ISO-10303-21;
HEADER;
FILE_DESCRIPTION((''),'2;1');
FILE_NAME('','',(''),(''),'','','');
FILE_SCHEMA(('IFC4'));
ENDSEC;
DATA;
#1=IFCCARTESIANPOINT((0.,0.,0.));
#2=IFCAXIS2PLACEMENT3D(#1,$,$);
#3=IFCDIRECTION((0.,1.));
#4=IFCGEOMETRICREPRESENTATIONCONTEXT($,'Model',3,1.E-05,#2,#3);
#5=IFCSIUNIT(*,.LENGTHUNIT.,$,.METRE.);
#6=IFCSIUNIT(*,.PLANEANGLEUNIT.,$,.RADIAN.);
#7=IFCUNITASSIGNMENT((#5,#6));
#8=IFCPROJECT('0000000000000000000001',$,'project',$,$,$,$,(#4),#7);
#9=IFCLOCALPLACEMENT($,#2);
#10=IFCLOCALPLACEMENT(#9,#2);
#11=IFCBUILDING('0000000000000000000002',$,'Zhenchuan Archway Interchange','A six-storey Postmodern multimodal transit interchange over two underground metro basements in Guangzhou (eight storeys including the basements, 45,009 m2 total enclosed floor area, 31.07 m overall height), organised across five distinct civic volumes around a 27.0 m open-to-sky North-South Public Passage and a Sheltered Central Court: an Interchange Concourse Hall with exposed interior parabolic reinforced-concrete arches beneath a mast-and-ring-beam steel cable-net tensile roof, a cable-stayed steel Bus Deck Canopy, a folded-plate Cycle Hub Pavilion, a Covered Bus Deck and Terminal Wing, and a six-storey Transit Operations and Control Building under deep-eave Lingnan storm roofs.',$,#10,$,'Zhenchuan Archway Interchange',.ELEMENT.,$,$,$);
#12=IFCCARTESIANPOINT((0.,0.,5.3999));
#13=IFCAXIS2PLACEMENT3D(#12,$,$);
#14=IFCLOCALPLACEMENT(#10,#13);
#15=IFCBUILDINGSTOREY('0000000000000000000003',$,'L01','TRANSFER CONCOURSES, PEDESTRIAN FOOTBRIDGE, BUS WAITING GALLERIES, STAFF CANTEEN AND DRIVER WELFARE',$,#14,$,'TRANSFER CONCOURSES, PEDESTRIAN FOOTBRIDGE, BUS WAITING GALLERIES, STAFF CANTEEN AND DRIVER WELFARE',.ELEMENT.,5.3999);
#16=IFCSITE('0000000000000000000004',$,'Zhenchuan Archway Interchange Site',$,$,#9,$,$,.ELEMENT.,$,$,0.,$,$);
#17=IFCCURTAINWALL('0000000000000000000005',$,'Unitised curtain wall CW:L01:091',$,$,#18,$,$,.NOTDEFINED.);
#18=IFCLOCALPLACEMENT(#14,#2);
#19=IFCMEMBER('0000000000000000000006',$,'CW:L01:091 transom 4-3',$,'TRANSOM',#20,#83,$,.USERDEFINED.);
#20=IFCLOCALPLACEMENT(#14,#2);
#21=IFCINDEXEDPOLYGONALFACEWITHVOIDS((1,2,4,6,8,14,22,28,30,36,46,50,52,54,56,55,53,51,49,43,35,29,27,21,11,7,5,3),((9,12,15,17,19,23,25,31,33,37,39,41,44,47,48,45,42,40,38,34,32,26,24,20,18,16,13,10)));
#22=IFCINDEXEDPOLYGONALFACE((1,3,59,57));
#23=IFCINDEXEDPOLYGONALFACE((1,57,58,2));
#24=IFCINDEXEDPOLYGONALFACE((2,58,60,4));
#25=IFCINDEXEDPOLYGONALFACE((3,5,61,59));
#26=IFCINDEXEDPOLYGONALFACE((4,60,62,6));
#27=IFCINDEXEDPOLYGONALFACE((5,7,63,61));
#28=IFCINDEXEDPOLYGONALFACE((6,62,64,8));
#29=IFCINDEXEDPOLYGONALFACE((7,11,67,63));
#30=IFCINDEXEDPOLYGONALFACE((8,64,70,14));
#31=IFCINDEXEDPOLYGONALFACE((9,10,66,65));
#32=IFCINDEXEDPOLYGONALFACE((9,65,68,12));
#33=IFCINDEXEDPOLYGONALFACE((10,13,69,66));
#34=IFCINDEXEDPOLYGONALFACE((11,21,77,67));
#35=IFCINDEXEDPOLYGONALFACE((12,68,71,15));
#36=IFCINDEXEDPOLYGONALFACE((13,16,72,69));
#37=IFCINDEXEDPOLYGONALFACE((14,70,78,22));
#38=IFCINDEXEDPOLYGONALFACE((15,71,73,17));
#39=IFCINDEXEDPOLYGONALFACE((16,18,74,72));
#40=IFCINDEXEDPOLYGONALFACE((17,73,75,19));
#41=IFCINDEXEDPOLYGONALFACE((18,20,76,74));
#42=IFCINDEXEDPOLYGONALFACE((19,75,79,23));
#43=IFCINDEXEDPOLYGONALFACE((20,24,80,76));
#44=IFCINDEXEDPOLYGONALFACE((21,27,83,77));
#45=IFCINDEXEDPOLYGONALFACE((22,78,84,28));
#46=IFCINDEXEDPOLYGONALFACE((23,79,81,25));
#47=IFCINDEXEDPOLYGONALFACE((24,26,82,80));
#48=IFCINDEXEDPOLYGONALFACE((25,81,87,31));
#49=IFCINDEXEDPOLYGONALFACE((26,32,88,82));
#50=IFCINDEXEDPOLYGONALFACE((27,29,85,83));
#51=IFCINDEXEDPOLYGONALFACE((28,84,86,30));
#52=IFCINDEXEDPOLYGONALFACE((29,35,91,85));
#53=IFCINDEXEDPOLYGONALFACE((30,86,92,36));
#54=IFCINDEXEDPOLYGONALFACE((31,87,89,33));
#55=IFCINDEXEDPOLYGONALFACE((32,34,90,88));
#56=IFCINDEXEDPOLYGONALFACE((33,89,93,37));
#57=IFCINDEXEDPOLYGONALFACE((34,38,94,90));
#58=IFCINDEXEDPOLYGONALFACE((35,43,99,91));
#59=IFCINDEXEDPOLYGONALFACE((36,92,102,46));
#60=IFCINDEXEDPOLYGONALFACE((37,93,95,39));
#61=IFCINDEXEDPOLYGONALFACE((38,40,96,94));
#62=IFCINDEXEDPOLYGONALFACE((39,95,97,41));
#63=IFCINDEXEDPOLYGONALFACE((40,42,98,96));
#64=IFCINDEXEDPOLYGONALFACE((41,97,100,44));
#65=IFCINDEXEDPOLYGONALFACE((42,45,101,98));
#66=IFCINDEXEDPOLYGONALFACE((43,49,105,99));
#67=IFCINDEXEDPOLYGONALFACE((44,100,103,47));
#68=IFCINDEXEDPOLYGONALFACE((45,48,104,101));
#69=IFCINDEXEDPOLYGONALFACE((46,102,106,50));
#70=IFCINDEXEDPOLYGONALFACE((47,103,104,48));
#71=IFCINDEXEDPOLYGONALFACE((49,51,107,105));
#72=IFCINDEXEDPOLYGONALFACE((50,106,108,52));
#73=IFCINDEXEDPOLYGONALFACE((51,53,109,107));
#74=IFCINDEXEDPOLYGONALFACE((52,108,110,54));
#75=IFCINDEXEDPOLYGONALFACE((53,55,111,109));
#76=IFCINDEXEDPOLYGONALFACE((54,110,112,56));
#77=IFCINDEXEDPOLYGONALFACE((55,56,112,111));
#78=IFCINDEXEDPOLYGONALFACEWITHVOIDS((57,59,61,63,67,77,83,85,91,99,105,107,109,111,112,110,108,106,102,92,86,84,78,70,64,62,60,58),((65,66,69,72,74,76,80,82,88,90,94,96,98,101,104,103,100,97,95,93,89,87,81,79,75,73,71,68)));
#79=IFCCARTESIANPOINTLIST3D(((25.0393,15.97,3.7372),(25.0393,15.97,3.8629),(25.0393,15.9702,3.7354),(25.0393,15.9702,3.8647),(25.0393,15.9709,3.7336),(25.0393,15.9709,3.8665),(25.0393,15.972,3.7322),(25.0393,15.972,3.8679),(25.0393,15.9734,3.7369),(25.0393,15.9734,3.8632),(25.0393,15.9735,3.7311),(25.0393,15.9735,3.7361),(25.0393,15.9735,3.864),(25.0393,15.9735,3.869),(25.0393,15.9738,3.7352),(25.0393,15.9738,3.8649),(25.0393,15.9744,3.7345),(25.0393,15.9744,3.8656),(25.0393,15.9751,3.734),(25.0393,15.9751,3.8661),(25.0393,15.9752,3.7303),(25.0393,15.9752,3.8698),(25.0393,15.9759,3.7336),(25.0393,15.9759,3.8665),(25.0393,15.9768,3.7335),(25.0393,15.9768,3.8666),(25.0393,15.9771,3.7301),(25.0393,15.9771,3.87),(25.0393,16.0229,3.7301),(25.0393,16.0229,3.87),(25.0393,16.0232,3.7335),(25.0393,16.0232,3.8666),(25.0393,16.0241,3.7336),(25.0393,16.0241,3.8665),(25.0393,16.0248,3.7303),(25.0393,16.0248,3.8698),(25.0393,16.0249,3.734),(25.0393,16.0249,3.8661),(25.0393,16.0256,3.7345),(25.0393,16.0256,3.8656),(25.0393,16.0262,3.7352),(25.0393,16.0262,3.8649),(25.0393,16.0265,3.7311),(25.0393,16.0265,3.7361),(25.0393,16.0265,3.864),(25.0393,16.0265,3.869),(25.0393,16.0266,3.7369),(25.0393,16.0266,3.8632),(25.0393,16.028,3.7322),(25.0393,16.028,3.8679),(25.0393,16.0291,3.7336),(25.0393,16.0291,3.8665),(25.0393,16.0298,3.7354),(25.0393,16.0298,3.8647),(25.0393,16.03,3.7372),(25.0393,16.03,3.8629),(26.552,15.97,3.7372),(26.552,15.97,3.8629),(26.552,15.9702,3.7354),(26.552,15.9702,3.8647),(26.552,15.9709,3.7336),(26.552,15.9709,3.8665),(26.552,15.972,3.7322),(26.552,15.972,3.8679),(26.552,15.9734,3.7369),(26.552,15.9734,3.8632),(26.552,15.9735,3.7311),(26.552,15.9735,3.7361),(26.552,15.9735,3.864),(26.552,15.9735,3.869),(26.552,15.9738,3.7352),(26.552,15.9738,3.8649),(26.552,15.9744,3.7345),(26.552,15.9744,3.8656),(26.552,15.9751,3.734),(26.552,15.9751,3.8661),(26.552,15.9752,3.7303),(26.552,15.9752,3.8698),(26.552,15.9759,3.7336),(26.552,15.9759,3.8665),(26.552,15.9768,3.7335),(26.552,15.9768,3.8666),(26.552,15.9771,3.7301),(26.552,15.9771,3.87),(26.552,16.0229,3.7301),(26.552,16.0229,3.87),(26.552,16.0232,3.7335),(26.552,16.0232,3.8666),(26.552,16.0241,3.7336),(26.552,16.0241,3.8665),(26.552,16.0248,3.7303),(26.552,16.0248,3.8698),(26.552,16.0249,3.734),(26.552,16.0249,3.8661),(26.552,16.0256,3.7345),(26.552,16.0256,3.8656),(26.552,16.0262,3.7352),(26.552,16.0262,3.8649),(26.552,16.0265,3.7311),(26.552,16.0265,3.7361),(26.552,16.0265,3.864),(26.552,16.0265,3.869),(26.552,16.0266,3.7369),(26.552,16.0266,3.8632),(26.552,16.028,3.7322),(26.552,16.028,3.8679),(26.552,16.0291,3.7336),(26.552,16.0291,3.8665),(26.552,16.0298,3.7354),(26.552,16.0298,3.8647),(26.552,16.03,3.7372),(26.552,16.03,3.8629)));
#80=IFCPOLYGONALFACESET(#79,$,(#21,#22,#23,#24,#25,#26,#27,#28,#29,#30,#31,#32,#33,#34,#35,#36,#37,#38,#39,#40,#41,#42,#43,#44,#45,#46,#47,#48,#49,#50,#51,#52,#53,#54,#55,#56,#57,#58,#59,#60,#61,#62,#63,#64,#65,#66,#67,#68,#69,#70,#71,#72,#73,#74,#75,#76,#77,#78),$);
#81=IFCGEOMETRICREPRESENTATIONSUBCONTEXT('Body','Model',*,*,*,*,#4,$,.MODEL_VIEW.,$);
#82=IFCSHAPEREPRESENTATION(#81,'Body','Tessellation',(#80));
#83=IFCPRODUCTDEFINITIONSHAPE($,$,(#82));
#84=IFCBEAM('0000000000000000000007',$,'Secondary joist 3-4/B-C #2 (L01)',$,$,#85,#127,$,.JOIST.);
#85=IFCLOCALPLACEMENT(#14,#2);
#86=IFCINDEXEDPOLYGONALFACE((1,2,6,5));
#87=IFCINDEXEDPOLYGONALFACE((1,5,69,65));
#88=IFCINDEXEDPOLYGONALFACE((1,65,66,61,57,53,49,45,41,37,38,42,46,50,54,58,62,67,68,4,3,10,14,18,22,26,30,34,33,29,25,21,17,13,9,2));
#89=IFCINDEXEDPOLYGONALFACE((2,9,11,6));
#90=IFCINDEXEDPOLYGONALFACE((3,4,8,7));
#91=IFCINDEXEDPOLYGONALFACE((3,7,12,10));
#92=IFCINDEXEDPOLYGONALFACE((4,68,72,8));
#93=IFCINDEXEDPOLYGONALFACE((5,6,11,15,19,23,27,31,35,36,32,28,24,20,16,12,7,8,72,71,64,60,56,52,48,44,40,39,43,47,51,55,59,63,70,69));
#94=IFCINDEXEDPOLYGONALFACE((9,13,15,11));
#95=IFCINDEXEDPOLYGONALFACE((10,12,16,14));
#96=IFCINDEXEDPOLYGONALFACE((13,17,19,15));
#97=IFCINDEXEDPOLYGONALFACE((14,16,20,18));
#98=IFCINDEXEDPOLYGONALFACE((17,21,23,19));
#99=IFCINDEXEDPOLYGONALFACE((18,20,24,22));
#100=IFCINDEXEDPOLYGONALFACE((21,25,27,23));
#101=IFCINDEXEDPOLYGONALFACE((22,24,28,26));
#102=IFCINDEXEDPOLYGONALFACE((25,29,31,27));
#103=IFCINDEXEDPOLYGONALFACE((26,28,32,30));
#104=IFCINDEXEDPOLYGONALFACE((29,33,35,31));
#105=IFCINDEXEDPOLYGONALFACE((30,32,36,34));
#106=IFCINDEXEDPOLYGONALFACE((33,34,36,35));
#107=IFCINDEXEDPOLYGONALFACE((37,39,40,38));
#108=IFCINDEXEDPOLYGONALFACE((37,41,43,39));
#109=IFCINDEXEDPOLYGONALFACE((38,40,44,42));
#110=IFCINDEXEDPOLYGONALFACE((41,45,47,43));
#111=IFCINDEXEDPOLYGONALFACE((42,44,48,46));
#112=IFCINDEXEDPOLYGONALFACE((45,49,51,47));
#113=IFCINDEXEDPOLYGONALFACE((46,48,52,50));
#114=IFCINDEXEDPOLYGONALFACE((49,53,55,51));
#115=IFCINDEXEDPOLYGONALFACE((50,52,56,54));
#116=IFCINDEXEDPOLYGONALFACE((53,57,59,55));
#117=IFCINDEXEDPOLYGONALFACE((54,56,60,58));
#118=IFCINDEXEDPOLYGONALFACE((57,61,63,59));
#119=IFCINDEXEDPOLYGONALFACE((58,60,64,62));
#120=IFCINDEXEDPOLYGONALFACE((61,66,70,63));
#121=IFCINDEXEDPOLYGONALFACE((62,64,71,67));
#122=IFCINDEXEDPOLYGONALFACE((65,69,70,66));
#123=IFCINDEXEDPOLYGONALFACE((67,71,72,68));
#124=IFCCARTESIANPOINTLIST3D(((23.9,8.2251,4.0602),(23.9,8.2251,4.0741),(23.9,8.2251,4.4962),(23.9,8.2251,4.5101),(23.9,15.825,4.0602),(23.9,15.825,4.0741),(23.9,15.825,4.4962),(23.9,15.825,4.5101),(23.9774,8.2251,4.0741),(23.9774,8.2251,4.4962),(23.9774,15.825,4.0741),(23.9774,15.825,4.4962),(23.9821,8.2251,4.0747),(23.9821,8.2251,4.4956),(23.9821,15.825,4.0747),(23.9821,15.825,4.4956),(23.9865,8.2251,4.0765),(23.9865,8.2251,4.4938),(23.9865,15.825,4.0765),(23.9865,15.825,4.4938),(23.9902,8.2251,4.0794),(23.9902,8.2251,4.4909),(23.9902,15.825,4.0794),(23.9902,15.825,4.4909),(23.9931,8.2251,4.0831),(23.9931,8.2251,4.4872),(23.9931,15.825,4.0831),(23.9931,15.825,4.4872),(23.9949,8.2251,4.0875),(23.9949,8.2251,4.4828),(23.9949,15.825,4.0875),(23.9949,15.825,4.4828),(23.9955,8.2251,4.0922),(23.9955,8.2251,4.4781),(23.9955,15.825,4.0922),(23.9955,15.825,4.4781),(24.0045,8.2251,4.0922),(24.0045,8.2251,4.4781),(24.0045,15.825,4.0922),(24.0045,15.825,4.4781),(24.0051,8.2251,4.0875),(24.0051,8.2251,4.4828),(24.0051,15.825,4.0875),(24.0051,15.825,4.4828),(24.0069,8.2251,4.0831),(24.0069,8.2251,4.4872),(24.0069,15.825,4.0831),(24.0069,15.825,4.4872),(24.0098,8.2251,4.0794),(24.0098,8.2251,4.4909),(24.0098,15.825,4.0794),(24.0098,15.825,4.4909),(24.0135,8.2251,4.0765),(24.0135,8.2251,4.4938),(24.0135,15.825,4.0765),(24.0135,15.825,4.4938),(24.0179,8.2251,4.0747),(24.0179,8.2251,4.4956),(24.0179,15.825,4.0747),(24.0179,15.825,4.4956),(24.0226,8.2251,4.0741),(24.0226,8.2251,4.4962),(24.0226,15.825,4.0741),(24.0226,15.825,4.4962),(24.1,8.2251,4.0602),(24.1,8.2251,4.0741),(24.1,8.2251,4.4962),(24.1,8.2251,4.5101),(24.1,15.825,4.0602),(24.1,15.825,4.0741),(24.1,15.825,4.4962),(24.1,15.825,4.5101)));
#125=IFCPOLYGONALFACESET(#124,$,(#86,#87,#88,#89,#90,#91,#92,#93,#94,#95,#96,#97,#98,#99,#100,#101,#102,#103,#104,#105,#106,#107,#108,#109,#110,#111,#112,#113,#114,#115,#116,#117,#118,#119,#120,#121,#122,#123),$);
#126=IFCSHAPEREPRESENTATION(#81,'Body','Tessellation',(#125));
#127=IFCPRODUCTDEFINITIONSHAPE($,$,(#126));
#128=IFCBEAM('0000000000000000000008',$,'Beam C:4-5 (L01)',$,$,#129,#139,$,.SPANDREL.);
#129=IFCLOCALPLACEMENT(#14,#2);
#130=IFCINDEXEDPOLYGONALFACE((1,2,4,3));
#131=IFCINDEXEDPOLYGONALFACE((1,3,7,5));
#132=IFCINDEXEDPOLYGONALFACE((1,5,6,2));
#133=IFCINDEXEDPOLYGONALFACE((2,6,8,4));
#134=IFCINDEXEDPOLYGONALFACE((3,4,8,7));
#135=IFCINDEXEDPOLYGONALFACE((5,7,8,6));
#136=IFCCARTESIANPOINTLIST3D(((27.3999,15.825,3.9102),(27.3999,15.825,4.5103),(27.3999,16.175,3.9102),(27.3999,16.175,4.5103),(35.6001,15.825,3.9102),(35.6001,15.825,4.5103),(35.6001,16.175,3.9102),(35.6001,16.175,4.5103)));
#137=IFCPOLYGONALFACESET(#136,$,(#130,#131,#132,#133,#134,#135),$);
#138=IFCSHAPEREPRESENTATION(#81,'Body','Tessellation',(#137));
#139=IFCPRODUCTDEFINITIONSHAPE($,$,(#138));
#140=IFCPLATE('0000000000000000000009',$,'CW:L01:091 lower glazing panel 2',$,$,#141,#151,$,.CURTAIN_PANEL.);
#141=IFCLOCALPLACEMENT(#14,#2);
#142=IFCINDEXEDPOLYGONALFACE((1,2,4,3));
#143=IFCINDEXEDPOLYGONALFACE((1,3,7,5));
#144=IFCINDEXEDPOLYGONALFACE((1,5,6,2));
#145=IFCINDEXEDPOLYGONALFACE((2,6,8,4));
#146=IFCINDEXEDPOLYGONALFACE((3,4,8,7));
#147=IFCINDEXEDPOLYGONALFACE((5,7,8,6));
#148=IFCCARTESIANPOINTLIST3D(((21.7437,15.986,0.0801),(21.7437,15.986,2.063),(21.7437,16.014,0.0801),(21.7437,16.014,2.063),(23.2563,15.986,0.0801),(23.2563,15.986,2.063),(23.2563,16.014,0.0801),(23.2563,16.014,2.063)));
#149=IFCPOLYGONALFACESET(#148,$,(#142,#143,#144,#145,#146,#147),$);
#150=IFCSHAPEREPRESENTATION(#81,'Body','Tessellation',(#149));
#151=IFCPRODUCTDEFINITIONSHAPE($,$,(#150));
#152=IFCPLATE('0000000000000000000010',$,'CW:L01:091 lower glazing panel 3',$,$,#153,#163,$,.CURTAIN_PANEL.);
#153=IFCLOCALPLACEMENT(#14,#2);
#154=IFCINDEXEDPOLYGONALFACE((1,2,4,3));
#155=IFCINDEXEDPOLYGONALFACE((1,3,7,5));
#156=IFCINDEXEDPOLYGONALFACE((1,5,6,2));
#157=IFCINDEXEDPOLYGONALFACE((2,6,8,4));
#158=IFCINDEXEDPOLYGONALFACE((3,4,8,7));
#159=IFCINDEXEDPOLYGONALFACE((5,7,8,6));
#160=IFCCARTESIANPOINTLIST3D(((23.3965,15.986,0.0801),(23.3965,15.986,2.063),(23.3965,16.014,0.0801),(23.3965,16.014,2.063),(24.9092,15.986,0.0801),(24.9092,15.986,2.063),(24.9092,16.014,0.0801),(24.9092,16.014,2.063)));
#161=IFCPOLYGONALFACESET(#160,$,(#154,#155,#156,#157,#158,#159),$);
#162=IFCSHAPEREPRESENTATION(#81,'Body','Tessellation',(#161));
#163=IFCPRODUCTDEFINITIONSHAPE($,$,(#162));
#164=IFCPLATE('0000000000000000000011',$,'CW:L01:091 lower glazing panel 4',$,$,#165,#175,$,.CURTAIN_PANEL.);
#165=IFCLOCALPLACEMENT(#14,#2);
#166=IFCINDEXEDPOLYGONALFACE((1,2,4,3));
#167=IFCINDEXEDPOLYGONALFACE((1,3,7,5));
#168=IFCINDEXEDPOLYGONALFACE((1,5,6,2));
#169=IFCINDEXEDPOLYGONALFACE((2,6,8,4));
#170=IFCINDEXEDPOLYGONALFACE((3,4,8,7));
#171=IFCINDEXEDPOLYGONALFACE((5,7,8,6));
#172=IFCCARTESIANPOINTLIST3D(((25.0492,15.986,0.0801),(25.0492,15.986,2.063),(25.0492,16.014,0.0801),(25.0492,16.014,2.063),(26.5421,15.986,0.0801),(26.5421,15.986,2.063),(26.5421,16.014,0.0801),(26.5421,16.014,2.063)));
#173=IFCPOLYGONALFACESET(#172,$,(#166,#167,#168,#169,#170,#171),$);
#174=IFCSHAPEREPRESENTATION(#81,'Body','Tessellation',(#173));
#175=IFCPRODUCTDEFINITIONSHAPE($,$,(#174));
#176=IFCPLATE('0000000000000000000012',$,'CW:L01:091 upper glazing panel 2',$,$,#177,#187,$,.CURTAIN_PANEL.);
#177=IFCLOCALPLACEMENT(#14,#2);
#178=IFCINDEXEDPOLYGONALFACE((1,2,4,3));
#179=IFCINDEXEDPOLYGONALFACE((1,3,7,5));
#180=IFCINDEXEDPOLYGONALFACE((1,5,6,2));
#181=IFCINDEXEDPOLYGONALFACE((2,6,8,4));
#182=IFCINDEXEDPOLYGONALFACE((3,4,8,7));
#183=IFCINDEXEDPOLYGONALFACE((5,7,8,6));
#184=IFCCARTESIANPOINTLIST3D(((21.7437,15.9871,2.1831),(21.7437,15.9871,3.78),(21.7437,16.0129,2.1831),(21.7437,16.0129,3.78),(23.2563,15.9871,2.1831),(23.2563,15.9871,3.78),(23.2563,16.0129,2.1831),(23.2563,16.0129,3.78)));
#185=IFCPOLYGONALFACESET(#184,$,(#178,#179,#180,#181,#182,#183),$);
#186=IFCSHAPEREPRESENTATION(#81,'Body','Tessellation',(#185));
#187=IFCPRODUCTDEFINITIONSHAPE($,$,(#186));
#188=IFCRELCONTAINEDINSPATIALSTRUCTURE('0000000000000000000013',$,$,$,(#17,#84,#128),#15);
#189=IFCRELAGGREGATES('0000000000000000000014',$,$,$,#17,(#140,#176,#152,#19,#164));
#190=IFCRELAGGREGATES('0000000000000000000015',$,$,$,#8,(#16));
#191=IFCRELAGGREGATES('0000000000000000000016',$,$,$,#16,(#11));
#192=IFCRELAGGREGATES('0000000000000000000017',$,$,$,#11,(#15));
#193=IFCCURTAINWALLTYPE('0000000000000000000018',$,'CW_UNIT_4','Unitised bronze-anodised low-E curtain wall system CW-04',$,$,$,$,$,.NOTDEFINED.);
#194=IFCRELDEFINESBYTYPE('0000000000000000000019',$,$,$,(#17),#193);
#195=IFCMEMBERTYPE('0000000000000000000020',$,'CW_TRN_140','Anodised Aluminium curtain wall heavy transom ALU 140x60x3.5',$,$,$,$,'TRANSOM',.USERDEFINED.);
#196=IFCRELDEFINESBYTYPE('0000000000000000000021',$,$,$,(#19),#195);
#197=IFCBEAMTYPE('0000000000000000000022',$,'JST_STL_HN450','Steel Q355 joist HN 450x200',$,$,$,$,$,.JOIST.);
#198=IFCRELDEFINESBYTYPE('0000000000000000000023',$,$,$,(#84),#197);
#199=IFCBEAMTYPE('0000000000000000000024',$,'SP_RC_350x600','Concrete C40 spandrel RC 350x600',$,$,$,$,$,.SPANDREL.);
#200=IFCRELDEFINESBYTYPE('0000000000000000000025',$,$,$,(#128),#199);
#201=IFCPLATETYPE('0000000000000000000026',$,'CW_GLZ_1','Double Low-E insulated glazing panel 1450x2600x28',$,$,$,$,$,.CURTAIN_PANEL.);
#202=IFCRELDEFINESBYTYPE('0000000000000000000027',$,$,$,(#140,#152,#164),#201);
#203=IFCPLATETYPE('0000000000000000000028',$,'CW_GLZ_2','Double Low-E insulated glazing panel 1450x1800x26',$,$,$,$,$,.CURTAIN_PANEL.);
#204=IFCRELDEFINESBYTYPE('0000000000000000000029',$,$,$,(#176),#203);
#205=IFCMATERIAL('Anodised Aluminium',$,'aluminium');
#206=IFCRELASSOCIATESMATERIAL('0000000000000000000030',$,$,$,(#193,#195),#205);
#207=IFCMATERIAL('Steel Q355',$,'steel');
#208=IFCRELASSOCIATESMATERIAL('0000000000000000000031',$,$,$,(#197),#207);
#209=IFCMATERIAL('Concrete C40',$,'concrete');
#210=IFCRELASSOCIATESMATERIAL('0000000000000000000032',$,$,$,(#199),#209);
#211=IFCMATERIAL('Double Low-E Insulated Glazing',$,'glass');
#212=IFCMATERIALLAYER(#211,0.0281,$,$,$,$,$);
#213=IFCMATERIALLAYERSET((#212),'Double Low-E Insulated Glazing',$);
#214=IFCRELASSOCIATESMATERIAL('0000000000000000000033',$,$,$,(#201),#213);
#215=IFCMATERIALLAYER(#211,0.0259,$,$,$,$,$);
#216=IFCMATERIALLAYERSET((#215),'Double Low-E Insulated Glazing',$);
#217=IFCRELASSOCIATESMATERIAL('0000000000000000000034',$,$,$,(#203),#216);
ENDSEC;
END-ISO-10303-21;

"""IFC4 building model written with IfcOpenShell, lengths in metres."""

from ifc_helpers import new_model, si_unit, direction, frame, origin, origin_2d, place, context, subcontext, project, spatial, rectangle, hollow_rectangle, i_section, extrude, material, layer, layer_set, material_profile, profile_set, type_object, element, aggregate, save


model = new_model("IFC4")

# Units and contexts
model_context = context("Model", 3, precision=1e-05, world=origin(), true_north=direction((0.0, 1.0)))
body_context = subcontext(model_context, "Body", "Model", "MODEL_VIEW")
ifc_project = project(units=[si_unit("LENGTHUNIT", "METRE"), si_unit("PLANEANGLEUNIT", "RADIAN")], contexts=[model_context])

# Site, building, storey
site_placement = place(None, origin())
site = spatial("IfcSite", under=ifc_project, at=site_placement, Name="Zhenchuan Archway Interchange Site", CompositionType="ELEMENT", RefElevation=0.0)
building_placement = place(site_placement, origin())
building = spatial("IfcBuilding", under=site, at=building_placement, Name="Zhenchuan Archway Interchange", Description="A six-storey Postmodern multimodal transit interchange over two underground metro basements in Guangzhou (eight storeys including the basements, 45,009 m2 total enclosed floor area, 31.07 m overall height), organised across five distinct civic volumes around a 27.0 m open-to-sky North-South Public Passage and a Sheltered Central Court: an Interchange Concourse Hall with exposed interior parabolic reinforced-concrete arches beneath a mast-and-ring-beam steel cable-net tensile roof, a cable-stayed steel Bus Deck Canopy, a folded-plate Cycle Hub Pavilion, a Covered Bus Deck and Terminal Wing, and a six-storey Transit Operations and Control Building under deep-eave Lingnan storm roofs.", LongName="Zhenchuan Archway Interchange", CompositionType="ELEMENT")
storey_placement = place(building_placement, frame((0.0, 0.0, 5.3999)))
storey = spatial("IfcBuildingStorey", under=building, at=storey_placement, Name="L01", Description="TRANSFER CONCOURSES, PEDESTRIAN FOOTBRIDGE, BUS WAITING GALLERIES, STAFF CANTEEN AND DRIVER WELFARE", LongName="TRANSFER CONCOURSES, PEDESTRIAN FOOTBRIDGE, BUS WAITING GALLERIES, STAFF CANTEEN AND DRIVER WELFARE", CompositionType="ELEMENT", Elevation=5.3999)

# Shared definitions
ifc_material_1 = material(Name="Concrete C40", Category="concrete")

# Curtain wall, member
ifc_material_2 = material(Name="Anodised Aluminium", Category="aluminium")
curtain_wall_type = type_object("IfcCurtainWallType", Name="CW_UNIT_4", Description="Unitised bronze-anodised low-E curtain wall system CW-04", PredefinedType="NOTDEFINED", material=ifc_material_2)
curtain_wall_placement = place(storey_placement, origin())
curtain_wall = element("IfcCurtainWall", 1, at=curtain_wall_placement, inside=storey, type_object=curtain_wall_type, Name="Unitised curtain wall CW:L01:091", PredefinedType="NOTDEFINED")
ifc_material_profile_1 = material_profile(ifc_material_2, hollow_rectangle(XDim=0.0601, YDim=0.1399, WallThickness=0.0034, InnerFilletRadius=0.0034, OuterFilletRadius=0.0071, at=origin_2d()), Name="ALU 140x60x3.5")
ifc_profile_set_1 = profile_set([ifc_material_profile_1], Name="Anodised Aluminium")
member_type_1 = type_object("IfcMemberType", Name="CW_TRN_140", Description="Anodised Aluminium curtain wall heavy transom ALU 140x60x3.5", ElementType="TRANSOM", PredefinedType="USERDEFINED", material=ifc_profile_set_1)
member_1_placement = place(storey_placement, frame((25.0393, 16.0, 3.8), z_axis=(1.0, 0.0, 0.0), x_axis=(0.0, 1.0, 0.0)))
member_1 = element("IfcMember", 2, at=member_1_placement, type_object=member_type_1, Name="CW:L01:091 transom 4-3", ObjectType="TRANSOM", PredefinedType="USERDEFINED", context=body_context, shape_type="SweptSolid", body=[
    extrude(hollow_rectangle(XDim=0.0601, YDim=0.1399, WallThickness=0.0034, InnerFilletRadius=0.0034, OuterFilletRadius=0.0071, at=origin_2d()), origin(), (0.0, 0.0, 1.0), 1.5127),
])

# Beams
ifc_material_3 = material(Name="Steel Q355", Category="steel")
ifc_material_profile_2 = material_profile(ifc_material_3, i_section(OverallWidth=0.2, OverallDepth=0.45, WebThickness=0.009, FlangeThickness=0.0139, FilletRadius=0.0181, at=origin_2d()), Name="HN 450x200")
ifc_profile_set_2 = profile_set([ifc_material_profile_2], Name="Steel Q355")
beam_type_1 = type_object("IfcBeamType", Name="JST_STL_HN450", Description="Steel Q355 joist HN 450x200", PredefinedType="JOIST", material=ifc_profile_set_2)
beam_1_placement = place(storey_placement, frame((24.0, 8.2251, 4.2852), z_axis=(0.0, 1.0, 0.0), x_axis=(-1.0, 0.0, 0.0)))
element("IfcBeam", 3, at=beam_1_placement, inside=storey, type_object=beam_type_1, Name="Secondary joist 3-4/B-C #2 (L01)", PredefinedType="JOIST", context=body_context, shape_type="SweptSolid", body=[
    extrude(i_section(OverallWidth=0.2, OverallDepth=0.45, WebThickness=0.009, FlangeThickness=0.0139, FilletRadius=0.0181, at=origin_2d()), origin(), (0.0, 0.0, 1.0), 7.5999),
])
ifc_material_profile_3 = material_profile(ifc_material_1, rectangle(XDim=0.3501, YDim=0.6001, at=origin_2d()), Name="RC 350x600")
ifc_profile_set_3 = profile_set([ifc_material_profile_3], Name="Concrete C40")
beam_type_2 = type_object("IfcBeamType", Name="SP_RC_350x600", Description="Concrete C40 spandrel RC 350x600", PredefinedType="SPANDREL", material=ifc_profile_set_3)
beam_2_placement = place(storey_placement, frame((27.3999, 16.0, 4.2102), z_axis=(1.0, 0.0, 0.0), x_axis=(0.0, 1.0, 0.0)))
element("IfcBeam", 4, at=beam_2_placement, inside=storey, type_object=beam_type_2, Name="Beam C:4-5 (L01)", PredefinedType="SPANDREL", context=body_context, shape_type="SweptSolid", body=[
    extrude(rectangle(XDim=0.3501, YDim=0.6001, at=origin_2d()), origin(), (0.0, 0.0, 1.0), 8.2002),
])

# Plates
ifc_material_4 = material(Name="Double Low-E Insulated Glazing", Category="glass")
ifc_layer_1 = layer(ifc_material_4, 0.0281)
ifc_layer_set_1 = layer_set([ifc_layer_1], Name="Double Low-E Insulated Glazing")
plate_type_1 = type_object("IfcPlateType", Name="CW_GLZ_1", Description="Double Low-E insulated glazing panel 1450x2600x28", PredefinedType="CURTAIN_PANEL", material=ifc_layer_set_1)
plate_1_placement = place(storey_placement, frame((22.5, 16.0, 0.0801), z_axis=(0.0, 0.0, 1.0), x_axis=(1.0, 0.0, 0.0)))
plate_1 = element("IfcPlate", 5, at=plate_1_placement, type_object=plate_type_1, Name="CW:L01:091 lower glazing panel 2", PredefinedType="CURTAIN_PANEL", context=body_context, shape_type="SweptSolid", body=[
    extrude(rectangle(XDim=1.5127, YDim=0.0281, at=origin_2d()), origin(), (0.0, 0.0, 1.0), 1.9829),
])
plate_2_placement = place(storey_placement, frame((24.1528, 16.0, 0.0801), z_axis=(0.0, 0.0, 1.0), x_axis=(1.0, 0.0, 0.0)))
plate_2 = element("IfcPlate", 6, at=plate_2_placement, type_object=plate_type_1, Name="CW:L01:091 lower glazing panel 3", PredefinedType="CURTAIN_PANEL", context=body_context, shape_type="SweptSolid", body=[
    extrude(rectangle(XDim=1.5127, YDim=0.0281, at=origin_2d()), origin(), (0.0, 0.0, 1.0), 1.9829),
])
plate_3_placement = place(storey_placement, frame((25.7957, 16.0, 0.0801), z_axis=(0.0, 0.0, 1.0), x_axis=(1.0, 0.0, 0.0)))
plate_3 = element("IfcPlate", 7, at=plate_3_placement, type_object=plate_type_1, Name="CW:L01:091 lower glazing panel 4", PredefinedType="CURTAIN_PANEL", context=body_context, shape_type="SweptSolid", body=[
    extrude(rectangle(XDim=1.4929, YDim=0.0281, at=origin_2d()), origin(), (0.0, 0.0, 1.0), 1.9829),
])
ifc_layer_2 = layer(ifc_material_4, 0.0259)
ifc_layer_set_2 = layer_set([ifc_layer_2], Name="Double Low-E Insulated Glazing")
plate_type_2 = type_object("IfcPlateType", Name="CW_GLZ_2", Description="Double Low-E insulated glazing panel 1450x1800x26", PredefinedType="CURTAIN_PANEL", material=ifc_layer_set_2)
plate_4_placement = place(storey_placement, frame((22.5, 16.0, 2.1831), z_axis=(0.0, 0.0, 1.0), x_axis=(1.0, 0.0, 0.0)))
plate_4 = element("IfcPlate", 8, at=plate_4_placement, type_object=plate_type_2, Name="CW:L01:091 upper glazing panel 2", PredefinedType="CURTAIN_PANEL", context=body_context, shape_type="SweptSolid", body=[
    extrude(rectangle(XDim=1.5127, YDim=0.0259, at=origin_2d()), origin(), (0.0, 0.0, 1.0), 1.5969),
])
aggregate(curtain_wall, [plate_1, plate_4, plate_2, member_1, plate_3])

save(model, "model.ifc")
